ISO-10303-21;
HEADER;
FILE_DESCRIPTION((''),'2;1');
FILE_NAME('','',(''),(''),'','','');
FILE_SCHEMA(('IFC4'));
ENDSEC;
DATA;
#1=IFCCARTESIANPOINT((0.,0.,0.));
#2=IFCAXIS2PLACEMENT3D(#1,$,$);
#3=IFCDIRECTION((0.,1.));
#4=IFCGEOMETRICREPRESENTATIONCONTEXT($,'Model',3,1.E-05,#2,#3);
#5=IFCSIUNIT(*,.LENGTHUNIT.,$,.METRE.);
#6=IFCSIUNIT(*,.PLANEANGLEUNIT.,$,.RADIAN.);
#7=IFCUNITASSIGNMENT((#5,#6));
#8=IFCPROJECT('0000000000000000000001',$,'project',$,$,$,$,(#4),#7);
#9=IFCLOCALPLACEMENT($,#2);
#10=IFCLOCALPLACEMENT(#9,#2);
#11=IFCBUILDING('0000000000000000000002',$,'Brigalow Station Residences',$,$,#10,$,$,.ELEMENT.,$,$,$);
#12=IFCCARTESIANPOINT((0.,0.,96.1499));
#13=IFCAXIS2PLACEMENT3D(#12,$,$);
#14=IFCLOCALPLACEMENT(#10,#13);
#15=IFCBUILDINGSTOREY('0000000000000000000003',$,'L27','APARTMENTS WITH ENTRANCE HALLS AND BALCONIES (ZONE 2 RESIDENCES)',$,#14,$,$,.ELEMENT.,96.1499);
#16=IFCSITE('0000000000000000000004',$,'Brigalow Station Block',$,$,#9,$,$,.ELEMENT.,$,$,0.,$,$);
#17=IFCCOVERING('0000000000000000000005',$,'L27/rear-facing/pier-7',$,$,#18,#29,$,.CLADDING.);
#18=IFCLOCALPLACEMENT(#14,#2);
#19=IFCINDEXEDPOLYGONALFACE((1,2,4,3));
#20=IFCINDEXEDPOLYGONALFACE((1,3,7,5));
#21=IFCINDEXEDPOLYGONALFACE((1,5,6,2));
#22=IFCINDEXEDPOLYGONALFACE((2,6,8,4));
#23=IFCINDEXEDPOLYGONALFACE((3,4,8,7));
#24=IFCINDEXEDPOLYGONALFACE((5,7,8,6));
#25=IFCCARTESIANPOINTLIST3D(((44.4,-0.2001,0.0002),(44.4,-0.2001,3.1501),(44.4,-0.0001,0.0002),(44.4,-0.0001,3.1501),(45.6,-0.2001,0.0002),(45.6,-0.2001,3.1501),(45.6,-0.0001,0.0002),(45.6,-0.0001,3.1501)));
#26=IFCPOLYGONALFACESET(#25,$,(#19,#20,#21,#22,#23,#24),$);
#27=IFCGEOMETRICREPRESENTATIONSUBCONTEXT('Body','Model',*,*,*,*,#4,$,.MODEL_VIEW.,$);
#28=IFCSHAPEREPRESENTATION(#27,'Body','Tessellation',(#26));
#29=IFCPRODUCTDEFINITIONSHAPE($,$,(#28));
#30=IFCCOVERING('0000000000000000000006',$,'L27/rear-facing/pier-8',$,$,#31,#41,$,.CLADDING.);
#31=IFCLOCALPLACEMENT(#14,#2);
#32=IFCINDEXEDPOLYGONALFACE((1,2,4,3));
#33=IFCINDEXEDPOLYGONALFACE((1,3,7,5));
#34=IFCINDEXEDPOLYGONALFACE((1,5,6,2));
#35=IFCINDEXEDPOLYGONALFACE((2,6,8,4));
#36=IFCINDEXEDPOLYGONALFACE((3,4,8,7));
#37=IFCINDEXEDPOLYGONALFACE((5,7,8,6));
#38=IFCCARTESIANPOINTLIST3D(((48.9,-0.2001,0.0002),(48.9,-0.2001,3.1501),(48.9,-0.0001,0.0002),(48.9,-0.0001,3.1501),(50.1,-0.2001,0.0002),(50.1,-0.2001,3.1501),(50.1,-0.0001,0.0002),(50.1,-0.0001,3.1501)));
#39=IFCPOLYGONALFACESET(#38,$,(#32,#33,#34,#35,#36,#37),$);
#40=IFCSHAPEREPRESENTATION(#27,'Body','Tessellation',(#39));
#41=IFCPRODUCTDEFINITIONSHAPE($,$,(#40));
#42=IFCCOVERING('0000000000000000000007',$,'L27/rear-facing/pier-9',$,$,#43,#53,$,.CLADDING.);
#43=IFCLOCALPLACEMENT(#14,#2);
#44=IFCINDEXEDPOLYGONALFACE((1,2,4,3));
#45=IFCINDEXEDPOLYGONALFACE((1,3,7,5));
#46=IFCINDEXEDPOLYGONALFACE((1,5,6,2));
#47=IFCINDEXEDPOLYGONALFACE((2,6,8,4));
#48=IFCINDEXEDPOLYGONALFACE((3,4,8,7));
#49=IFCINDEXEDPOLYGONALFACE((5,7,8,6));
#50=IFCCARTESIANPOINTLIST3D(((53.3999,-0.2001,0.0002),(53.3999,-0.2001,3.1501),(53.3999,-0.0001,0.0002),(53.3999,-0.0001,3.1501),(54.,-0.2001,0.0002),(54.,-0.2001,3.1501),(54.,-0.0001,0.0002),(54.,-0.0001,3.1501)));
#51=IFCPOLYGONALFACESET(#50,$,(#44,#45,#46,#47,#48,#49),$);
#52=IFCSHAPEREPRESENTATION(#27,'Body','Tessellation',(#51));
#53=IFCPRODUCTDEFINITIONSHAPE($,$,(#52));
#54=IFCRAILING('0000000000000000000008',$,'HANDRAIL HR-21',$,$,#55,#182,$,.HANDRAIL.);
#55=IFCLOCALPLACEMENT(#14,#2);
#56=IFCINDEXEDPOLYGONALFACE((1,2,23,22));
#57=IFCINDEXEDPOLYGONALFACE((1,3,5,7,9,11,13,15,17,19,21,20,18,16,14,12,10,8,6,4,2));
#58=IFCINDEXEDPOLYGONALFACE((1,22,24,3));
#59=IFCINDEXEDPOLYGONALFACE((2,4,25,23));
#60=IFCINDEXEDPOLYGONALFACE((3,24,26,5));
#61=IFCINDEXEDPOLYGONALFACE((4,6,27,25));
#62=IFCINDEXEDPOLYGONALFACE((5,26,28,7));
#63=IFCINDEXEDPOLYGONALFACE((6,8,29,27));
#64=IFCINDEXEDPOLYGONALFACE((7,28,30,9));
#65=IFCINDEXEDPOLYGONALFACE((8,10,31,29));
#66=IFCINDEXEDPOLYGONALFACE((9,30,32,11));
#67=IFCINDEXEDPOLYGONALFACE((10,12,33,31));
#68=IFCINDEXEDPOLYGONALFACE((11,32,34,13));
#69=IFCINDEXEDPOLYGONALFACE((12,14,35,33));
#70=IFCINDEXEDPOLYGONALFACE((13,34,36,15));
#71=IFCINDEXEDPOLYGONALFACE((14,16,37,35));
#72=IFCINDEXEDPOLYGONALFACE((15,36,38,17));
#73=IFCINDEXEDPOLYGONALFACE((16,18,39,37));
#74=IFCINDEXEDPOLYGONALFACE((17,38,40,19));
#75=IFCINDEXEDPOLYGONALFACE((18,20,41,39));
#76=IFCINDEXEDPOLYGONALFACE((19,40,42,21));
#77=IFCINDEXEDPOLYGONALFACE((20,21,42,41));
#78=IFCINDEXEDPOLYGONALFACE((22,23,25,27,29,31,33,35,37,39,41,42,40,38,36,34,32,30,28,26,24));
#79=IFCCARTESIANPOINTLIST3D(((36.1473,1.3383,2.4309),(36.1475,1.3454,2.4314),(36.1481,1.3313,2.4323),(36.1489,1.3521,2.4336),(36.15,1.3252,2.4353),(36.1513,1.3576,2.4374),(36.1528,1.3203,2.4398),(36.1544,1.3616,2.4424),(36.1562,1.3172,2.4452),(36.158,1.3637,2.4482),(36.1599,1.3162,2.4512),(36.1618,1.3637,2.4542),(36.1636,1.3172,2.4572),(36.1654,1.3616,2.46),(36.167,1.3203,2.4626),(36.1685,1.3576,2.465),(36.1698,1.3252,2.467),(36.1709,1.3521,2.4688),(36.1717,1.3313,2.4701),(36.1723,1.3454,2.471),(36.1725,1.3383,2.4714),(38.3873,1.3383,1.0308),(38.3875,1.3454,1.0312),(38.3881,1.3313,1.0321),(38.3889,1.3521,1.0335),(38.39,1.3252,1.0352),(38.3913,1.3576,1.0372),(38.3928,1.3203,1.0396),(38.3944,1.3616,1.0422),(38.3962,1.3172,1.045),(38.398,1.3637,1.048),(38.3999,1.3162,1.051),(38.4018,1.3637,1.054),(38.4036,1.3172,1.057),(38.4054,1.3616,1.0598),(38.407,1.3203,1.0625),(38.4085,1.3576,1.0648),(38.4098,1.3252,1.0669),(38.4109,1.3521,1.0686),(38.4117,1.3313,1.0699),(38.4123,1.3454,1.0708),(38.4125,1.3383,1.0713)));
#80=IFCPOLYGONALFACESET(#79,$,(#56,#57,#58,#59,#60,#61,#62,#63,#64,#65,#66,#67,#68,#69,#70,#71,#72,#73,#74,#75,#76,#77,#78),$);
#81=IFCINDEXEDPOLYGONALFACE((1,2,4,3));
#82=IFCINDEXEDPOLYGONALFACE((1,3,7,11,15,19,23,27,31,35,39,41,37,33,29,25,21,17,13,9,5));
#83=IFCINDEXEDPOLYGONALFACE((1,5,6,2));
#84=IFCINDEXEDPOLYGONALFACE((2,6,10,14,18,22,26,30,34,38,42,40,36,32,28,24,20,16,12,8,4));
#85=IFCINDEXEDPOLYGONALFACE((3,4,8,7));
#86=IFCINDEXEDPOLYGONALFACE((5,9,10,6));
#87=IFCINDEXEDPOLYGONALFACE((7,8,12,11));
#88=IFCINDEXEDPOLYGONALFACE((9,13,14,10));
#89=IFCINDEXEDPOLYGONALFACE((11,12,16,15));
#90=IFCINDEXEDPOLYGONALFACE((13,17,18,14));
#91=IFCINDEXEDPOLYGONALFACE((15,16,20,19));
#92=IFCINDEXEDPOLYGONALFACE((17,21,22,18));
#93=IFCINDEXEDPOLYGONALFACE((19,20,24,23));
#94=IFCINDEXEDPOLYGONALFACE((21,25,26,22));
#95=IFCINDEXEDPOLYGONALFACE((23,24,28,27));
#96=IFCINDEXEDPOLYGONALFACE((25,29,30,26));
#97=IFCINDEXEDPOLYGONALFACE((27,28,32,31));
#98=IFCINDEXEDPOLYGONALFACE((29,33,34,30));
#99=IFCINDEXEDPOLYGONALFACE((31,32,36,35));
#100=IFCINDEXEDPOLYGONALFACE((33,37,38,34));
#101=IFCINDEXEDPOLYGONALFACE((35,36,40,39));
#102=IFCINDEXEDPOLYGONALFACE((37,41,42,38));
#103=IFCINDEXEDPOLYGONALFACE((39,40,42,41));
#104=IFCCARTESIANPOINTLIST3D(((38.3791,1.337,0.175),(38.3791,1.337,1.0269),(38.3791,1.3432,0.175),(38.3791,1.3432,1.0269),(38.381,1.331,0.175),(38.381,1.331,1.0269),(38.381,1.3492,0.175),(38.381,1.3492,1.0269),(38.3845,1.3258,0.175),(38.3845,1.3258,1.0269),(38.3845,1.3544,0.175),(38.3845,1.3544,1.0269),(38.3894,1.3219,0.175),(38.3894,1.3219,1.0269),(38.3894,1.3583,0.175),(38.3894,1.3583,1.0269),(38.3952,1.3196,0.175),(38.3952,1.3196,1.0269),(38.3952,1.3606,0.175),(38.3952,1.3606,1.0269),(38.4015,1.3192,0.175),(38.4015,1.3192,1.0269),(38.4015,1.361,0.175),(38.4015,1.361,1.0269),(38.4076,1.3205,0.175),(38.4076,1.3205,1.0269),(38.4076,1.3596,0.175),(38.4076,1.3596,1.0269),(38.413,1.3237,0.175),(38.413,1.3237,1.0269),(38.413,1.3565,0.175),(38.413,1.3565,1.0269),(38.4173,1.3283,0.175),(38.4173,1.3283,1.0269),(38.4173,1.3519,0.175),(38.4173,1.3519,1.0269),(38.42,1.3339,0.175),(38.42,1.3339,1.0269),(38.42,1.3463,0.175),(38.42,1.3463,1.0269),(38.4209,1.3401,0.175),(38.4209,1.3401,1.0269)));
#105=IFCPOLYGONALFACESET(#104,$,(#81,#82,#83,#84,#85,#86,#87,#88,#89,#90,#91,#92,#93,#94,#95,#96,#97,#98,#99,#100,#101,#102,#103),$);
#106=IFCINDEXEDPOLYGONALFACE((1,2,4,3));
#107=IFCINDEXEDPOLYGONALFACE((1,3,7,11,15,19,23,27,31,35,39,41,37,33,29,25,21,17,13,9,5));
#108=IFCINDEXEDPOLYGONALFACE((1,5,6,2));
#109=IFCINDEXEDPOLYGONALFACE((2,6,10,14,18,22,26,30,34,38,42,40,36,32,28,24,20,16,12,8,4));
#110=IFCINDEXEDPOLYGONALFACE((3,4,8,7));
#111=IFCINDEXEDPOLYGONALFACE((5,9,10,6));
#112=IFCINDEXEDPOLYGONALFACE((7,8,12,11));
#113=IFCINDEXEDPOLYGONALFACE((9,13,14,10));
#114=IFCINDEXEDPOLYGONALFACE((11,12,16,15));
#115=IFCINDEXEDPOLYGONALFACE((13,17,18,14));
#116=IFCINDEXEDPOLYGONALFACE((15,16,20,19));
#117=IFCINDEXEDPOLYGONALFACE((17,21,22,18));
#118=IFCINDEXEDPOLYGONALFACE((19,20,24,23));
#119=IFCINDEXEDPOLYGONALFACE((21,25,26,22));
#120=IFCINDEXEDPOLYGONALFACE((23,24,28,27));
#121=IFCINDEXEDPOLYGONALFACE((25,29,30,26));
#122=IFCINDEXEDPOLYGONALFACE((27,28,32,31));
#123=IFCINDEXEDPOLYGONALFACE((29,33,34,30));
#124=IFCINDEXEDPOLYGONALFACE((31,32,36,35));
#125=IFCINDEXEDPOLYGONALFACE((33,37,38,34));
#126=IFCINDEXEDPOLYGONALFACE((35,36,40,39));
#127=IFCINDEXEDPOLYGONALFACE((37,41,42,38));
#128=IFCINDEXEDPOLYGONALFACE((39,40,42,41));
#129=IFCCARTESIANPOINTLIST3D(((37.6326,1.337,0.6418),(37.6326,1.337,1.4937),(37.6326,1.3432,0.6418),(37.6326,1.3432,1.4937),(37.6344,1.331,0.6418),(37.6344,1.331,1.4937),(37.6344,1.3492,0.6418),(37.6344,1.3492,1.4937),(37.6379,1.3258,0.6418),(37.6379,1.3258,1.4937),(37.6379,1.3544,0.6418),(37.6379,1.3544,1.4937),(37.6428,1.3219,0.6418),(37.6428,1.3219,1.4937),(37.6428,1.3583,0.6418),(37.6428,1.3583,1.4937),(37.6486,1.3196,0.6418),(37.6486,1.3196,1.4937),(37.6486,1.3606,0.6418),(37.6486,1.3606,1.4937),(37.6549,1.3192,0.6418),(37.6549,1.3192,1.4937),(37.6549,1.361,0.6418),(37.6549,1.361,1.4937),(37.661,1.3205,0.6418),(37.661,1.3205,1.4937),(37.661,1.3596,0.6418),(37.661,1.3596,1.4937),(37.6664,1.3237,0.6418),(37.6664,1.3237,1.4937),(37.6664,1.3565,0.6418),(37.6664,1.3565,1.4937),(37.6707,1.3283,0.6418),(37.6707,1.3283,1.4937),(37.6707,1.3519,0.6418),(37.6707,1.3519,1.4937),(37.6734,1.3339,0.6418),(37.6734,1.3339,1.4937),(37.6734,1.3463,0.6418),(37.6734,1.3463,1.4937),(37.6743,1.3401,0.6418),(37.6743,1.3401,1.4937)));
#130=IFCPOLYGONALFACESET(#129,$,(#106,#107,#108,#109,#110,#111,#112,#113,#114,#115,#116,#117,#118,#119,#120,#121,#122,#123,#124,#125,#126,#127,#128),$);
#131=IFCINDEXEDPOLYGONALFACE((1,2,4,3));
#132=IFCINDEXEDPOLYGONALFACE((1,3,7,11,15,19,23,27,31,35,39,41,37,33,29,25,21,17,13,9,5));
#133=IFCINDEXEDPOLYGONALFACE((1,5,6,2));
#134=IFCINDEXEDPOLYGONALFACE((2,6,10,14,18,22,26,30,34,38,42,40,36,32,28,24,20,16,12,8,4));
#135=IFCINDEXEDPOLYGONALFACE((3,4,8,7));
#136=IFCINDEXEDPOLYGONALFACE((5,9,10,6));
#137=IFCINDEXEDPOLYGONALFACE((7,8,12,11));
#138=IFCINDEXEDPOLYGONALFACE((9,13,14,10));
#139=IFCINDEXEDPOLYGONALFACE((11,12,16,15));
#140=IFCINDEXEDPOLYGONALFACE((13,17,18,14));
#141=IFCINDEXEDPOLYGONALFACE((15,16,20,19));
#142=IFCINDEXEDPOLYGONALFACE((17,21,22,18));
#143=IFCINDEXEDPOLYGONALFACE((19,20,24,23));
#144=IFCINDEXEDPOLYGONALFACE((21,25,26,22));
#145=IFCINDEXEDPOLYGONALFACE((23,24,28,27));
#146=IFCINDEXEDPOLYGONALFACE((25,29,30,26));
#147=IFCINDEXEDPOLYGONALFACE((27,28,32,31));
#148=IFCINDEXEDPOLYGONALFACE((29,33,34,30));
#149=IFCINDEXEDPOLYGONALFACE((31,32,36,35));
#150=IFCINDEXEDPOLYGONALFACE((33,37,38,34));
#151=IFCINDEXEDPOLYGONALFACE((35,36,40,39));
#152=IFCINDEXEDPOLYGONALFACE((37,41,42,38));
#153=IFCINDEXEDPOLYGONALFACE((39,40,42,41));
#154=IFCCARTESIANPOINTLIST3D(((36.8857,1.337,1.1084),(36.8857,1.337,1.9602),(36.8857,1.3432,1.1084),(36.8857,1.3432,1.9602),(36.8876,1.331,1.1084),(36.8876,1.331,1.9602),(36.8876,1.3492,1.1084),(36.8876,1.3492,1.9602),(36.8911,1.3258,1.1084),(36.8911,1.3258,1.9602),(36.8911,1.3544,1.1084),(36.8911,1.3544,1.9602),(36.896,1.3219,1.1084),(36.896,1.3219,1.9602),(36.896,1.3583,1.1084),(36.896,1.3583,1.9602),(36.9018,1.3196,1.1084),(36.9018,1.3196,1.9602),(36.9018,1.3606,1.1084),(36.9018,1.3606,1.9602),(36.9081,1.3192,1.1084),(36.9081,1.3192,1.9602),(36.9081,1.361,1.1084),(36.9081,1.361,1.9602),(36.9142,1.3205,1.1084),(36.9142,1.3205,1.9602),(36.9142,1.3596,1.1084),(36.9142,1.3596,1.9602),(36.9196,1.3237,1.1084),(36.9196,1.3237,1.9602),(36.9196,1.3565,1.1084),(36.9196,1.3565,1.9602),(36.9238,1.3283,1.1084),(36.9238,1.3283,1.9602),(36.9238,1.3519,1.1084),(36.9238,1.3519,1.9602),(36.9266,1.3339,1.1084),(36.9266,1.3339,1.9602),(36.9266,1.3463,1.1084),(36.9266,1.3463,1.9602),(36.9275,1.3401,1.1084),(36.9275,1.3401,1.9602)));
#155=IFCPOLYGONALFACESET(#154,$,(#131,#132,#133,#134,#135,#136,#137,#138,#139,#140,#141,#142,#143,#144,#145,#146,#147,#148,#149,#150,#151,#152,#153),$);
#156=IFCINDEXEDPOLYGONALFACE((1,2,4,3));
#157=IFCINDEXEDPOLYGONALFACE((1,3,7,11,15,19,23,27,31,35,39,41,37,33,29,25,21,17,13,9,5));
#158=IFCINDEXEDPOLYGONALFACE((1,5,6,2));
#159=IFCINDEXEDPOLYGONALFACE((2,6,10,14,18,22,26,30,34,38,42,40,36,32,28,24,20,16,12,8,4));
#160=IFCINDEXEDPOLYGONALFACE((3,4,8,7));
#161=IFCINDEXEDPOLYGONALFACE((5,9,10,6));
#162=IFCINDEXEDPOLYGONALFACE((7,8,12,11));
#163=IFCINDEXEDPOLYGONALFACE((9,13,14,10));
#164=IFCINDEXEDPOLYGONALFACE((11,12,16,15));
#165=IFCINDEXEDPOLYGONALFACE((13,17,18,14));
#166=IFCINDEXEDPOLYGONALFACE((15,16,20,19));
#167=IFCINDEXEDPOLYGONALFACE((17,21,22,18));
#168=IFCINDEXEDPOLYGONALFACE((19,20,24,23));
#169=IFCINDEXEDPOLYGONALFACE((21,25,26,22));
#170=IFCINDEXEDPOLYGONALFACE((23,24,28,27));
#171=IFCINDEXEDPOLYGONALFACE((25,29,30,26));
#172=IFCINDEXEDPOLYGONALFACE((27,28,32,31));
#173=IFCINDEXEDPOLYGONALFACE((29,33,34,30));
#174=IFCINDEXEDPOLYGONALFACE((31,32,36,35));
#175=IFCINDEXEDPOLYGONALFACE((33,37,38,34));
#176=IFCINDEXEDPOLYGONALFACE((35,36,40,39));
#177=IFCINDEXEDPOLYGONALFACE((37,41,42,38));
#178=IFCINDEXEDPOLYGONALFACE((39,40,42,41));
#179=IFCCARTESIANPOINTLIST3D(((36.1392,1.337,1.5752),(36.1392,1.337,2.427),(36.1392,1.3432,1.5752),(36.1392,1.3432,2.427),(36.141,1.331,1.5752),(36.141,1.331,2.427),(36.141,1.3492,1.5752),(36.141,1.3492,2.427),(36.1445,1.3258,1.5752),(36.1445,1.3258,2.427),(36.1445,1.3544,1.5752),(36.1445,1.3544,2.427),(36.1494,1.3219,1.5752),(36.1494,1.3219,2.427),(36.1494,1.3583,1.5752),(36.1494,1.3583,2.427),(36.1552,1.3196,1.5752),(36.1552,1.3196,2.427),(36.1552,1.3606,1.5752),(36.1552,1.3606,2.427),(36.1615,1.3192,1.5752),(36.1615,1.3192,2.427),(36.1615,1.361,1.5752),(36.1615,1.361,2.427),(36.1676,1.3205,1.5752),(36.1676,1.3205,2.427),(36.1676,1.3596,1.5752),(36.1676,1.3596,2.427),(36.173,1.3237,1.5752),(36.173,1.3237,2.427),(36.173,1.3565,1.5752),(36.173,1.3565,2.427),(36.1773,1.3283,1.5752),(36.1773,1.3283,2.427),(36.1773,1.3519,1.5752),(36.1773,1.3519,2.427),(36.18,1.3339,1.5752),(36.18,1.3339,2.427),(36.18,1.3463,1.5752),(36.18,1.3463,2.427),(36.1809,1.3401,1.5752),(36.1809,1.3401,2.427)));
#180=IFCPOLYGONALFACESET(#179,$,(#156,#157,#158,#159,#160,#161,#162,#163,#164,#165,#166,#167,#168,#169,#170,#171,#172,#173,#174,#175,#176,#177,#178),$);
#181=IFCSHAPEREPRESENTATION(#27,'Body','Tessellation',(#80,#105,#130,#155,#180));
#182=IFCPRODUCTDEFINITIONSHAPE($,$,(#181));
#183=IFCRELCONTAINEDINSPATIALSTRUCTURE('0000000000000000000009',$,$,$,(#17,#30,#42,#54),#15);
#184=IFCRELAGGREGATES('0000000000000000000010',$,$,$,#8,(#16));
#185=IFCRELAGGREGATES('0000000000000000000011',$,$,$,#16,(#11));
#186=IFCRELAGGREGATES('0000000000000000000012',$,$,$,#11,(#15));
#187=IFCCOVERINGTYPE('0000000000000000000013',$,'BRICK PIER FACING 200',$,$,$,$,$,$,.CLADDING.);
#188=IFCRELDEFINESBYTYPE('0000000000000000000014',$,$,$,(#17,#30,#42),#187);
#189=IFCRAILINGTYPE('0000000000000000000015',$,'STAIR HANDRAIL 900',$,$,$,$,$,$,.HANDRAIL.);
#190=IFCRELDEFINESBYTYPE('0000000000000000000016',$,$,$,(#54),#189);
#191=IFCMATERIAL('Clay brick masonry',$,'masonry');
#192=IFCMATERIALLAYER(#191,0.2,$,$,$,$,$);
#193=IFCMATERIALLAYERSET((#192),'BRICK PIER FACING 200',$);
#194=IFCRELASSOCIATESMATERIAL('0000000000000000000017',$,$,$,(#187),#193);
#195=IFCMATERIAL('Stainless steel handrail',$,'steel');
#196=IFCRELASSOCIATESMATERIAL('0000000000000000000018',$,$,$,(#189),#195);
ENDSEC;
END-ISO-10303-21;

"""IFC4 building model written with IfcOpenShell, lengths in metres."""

from ifc_helpers import new_model, si_unit, direction, frame, origin, origin_2d, place, context, subcontext, project, spatial, rectangle, circle, extrude, material, layer, layer_set, type_object, element, save


model = new_model("IFC4")

# Units and contexts
model_context = context("Model", 3, precision=1e-05, world=origin(), true_north=direction((0.0, 1.0)))
body_context = subcontext(model_context, "Body", "Model", "MODEL_VIEW")
ifc_project = project(units=[si_unit("LENGTHUNIT", "METRE"), si_unit("PLANEANGLEUNIT", "RADIAN")], contexts=[model_context])

# Site, building, storey
site_placement = place(None, origin())
site = spatial("IfcSite", under=ifc_project, at=site_placement, Name="Brigalow Station Block", CompositionType="ELEMENT", RefElevation=0.0)
building_placement = place(site_placement, origin())
building = spatial("IfcBuilding", under=site, at=building_placement, Name="Brigalow Station Residences", CompositionType="ELEMENT")
storey_placement = place(building_placement, frame((0.0, 0.0, 96.1499)))
storey = spatial("IfcBuildingStorey", under=building, at=storey_placement, Name="L27", Description="APARTMENTS WITH ENTRANCE HALLS AND BALCONIES (ZONE 2 RESIDENCES)", CompositionType="ELEMENT", Elevation=96.1499)

# Coverings
ifc_material_1 = material(Name="Clay brick masonry", Category="masonry")
ifc_layer_1 = layer(ifc_material_1, 0.2)
ifc_layer_set_1 = layer_set([ifc_layer_1], Name="BRICK PIER FACING 200")
covering_type_1 = type_object("IfcCoveringType", Name="BRICK PIER FACING 200", PredefinedType="CLADDING", material=ifc_layer_set_1)
for number, where, z_axis, x_axis, name in (
    (1, (45.0, -0.1001, 0.0002), (0.0, 0.0, 1.0), (1.0, 0.0, 0.0), "L27/rear-facing/pier-7"),
    (2, (49.5, -0.1001, 0.0002), (0.0, 0.0, 1.0), (1.0, 0.0, 0.0), "L27/rear-facing/pier-8"),
):
    element("IfcCovering", number, at=place(storey_placement, frame(where, z_axis=z_axis, x_axis=x_axis)), inside=storey, type_object=covering_type_1, Name=name, PredefinedType="CLADDING", context=body_context, shape_type="SweptSolid", body=[
        extrude(rectangle(XDim=1.2, YDim=0.2, at=origin_2d()), origin(), (0.0, 0.0, 1.0), 3.1499),
    ])
covering_placement = place(storey_placement, frame((53.7, -0.1001, 0.0002), z_axis=(0.0, 0.0, 1.0), x_axis=(1.0, 0.0, 0.0)))
element("IfcCovering", 3, at=covering_placement, inside=storey, type_object=covering_type_1, Name="L27/rear-facing/pier-9", PredefinedType="CLADDING", context=body_context, shape_type="SweptSolid", body=[
    extrude(rectangle(XDim=0.6001, YDim=0.2, at=origin_2d()), origin(), (0.0, 0.0, 1.0), 3.1499),
])

# Railing
ifc_material_2 = material(Name="Stainless steel handrail", Category="steel")
railing_type_1 = type_object("IfcRailingType", Name="STAIR HANDRAIL 900", PredefinedType="HANDRAIL", material=ifc_material_2)
railing_1_placement = place(storey_placement, frame((38.3999, 1.3401, 0.175)))
element("IfcRailing", 4, at=railing_1_placement, inside=storey, type_object=railing_type_1, Name="HANDRAIL HR-21", PredefinedType="HANDRAIL", context=body_context, shape_type="SweptSolid", body=[
    extrude(circle(Radius=0.0239, at=origin_2d()), frame((0.0, 0.0, 0.876), z_axis=(-0.847972, 0.0, 0.53004), x_axis=(0.0, -1.0, 0.0)), (0.0, 0.0, 1.0), 2.6416),
    extrude(circle(Radius=0.021, at=origin_2d()), origin(), (0.0, 0.0, 1.0), 0.8518),
    extrude(circle(Radius=0.021, at=origin_2d()), frame((-0.7466, 0.0, 0.4668)), (0.0, 0.0, 1.0), 0.8518),
    extrude(circle(Radius=0.021, at=origin_2d()), frame((-1.4934, 0.0, 0.9333)), (0.0, 0.0, 1.0), 0.8518),
    extrude(circle(Radius=0.021, at=origin_2d()), frame((-2.24, 0.0, 1.4001)), (0.0, 0.0, 1.0), 0.8518),
])

save(model, "model.ifc")
